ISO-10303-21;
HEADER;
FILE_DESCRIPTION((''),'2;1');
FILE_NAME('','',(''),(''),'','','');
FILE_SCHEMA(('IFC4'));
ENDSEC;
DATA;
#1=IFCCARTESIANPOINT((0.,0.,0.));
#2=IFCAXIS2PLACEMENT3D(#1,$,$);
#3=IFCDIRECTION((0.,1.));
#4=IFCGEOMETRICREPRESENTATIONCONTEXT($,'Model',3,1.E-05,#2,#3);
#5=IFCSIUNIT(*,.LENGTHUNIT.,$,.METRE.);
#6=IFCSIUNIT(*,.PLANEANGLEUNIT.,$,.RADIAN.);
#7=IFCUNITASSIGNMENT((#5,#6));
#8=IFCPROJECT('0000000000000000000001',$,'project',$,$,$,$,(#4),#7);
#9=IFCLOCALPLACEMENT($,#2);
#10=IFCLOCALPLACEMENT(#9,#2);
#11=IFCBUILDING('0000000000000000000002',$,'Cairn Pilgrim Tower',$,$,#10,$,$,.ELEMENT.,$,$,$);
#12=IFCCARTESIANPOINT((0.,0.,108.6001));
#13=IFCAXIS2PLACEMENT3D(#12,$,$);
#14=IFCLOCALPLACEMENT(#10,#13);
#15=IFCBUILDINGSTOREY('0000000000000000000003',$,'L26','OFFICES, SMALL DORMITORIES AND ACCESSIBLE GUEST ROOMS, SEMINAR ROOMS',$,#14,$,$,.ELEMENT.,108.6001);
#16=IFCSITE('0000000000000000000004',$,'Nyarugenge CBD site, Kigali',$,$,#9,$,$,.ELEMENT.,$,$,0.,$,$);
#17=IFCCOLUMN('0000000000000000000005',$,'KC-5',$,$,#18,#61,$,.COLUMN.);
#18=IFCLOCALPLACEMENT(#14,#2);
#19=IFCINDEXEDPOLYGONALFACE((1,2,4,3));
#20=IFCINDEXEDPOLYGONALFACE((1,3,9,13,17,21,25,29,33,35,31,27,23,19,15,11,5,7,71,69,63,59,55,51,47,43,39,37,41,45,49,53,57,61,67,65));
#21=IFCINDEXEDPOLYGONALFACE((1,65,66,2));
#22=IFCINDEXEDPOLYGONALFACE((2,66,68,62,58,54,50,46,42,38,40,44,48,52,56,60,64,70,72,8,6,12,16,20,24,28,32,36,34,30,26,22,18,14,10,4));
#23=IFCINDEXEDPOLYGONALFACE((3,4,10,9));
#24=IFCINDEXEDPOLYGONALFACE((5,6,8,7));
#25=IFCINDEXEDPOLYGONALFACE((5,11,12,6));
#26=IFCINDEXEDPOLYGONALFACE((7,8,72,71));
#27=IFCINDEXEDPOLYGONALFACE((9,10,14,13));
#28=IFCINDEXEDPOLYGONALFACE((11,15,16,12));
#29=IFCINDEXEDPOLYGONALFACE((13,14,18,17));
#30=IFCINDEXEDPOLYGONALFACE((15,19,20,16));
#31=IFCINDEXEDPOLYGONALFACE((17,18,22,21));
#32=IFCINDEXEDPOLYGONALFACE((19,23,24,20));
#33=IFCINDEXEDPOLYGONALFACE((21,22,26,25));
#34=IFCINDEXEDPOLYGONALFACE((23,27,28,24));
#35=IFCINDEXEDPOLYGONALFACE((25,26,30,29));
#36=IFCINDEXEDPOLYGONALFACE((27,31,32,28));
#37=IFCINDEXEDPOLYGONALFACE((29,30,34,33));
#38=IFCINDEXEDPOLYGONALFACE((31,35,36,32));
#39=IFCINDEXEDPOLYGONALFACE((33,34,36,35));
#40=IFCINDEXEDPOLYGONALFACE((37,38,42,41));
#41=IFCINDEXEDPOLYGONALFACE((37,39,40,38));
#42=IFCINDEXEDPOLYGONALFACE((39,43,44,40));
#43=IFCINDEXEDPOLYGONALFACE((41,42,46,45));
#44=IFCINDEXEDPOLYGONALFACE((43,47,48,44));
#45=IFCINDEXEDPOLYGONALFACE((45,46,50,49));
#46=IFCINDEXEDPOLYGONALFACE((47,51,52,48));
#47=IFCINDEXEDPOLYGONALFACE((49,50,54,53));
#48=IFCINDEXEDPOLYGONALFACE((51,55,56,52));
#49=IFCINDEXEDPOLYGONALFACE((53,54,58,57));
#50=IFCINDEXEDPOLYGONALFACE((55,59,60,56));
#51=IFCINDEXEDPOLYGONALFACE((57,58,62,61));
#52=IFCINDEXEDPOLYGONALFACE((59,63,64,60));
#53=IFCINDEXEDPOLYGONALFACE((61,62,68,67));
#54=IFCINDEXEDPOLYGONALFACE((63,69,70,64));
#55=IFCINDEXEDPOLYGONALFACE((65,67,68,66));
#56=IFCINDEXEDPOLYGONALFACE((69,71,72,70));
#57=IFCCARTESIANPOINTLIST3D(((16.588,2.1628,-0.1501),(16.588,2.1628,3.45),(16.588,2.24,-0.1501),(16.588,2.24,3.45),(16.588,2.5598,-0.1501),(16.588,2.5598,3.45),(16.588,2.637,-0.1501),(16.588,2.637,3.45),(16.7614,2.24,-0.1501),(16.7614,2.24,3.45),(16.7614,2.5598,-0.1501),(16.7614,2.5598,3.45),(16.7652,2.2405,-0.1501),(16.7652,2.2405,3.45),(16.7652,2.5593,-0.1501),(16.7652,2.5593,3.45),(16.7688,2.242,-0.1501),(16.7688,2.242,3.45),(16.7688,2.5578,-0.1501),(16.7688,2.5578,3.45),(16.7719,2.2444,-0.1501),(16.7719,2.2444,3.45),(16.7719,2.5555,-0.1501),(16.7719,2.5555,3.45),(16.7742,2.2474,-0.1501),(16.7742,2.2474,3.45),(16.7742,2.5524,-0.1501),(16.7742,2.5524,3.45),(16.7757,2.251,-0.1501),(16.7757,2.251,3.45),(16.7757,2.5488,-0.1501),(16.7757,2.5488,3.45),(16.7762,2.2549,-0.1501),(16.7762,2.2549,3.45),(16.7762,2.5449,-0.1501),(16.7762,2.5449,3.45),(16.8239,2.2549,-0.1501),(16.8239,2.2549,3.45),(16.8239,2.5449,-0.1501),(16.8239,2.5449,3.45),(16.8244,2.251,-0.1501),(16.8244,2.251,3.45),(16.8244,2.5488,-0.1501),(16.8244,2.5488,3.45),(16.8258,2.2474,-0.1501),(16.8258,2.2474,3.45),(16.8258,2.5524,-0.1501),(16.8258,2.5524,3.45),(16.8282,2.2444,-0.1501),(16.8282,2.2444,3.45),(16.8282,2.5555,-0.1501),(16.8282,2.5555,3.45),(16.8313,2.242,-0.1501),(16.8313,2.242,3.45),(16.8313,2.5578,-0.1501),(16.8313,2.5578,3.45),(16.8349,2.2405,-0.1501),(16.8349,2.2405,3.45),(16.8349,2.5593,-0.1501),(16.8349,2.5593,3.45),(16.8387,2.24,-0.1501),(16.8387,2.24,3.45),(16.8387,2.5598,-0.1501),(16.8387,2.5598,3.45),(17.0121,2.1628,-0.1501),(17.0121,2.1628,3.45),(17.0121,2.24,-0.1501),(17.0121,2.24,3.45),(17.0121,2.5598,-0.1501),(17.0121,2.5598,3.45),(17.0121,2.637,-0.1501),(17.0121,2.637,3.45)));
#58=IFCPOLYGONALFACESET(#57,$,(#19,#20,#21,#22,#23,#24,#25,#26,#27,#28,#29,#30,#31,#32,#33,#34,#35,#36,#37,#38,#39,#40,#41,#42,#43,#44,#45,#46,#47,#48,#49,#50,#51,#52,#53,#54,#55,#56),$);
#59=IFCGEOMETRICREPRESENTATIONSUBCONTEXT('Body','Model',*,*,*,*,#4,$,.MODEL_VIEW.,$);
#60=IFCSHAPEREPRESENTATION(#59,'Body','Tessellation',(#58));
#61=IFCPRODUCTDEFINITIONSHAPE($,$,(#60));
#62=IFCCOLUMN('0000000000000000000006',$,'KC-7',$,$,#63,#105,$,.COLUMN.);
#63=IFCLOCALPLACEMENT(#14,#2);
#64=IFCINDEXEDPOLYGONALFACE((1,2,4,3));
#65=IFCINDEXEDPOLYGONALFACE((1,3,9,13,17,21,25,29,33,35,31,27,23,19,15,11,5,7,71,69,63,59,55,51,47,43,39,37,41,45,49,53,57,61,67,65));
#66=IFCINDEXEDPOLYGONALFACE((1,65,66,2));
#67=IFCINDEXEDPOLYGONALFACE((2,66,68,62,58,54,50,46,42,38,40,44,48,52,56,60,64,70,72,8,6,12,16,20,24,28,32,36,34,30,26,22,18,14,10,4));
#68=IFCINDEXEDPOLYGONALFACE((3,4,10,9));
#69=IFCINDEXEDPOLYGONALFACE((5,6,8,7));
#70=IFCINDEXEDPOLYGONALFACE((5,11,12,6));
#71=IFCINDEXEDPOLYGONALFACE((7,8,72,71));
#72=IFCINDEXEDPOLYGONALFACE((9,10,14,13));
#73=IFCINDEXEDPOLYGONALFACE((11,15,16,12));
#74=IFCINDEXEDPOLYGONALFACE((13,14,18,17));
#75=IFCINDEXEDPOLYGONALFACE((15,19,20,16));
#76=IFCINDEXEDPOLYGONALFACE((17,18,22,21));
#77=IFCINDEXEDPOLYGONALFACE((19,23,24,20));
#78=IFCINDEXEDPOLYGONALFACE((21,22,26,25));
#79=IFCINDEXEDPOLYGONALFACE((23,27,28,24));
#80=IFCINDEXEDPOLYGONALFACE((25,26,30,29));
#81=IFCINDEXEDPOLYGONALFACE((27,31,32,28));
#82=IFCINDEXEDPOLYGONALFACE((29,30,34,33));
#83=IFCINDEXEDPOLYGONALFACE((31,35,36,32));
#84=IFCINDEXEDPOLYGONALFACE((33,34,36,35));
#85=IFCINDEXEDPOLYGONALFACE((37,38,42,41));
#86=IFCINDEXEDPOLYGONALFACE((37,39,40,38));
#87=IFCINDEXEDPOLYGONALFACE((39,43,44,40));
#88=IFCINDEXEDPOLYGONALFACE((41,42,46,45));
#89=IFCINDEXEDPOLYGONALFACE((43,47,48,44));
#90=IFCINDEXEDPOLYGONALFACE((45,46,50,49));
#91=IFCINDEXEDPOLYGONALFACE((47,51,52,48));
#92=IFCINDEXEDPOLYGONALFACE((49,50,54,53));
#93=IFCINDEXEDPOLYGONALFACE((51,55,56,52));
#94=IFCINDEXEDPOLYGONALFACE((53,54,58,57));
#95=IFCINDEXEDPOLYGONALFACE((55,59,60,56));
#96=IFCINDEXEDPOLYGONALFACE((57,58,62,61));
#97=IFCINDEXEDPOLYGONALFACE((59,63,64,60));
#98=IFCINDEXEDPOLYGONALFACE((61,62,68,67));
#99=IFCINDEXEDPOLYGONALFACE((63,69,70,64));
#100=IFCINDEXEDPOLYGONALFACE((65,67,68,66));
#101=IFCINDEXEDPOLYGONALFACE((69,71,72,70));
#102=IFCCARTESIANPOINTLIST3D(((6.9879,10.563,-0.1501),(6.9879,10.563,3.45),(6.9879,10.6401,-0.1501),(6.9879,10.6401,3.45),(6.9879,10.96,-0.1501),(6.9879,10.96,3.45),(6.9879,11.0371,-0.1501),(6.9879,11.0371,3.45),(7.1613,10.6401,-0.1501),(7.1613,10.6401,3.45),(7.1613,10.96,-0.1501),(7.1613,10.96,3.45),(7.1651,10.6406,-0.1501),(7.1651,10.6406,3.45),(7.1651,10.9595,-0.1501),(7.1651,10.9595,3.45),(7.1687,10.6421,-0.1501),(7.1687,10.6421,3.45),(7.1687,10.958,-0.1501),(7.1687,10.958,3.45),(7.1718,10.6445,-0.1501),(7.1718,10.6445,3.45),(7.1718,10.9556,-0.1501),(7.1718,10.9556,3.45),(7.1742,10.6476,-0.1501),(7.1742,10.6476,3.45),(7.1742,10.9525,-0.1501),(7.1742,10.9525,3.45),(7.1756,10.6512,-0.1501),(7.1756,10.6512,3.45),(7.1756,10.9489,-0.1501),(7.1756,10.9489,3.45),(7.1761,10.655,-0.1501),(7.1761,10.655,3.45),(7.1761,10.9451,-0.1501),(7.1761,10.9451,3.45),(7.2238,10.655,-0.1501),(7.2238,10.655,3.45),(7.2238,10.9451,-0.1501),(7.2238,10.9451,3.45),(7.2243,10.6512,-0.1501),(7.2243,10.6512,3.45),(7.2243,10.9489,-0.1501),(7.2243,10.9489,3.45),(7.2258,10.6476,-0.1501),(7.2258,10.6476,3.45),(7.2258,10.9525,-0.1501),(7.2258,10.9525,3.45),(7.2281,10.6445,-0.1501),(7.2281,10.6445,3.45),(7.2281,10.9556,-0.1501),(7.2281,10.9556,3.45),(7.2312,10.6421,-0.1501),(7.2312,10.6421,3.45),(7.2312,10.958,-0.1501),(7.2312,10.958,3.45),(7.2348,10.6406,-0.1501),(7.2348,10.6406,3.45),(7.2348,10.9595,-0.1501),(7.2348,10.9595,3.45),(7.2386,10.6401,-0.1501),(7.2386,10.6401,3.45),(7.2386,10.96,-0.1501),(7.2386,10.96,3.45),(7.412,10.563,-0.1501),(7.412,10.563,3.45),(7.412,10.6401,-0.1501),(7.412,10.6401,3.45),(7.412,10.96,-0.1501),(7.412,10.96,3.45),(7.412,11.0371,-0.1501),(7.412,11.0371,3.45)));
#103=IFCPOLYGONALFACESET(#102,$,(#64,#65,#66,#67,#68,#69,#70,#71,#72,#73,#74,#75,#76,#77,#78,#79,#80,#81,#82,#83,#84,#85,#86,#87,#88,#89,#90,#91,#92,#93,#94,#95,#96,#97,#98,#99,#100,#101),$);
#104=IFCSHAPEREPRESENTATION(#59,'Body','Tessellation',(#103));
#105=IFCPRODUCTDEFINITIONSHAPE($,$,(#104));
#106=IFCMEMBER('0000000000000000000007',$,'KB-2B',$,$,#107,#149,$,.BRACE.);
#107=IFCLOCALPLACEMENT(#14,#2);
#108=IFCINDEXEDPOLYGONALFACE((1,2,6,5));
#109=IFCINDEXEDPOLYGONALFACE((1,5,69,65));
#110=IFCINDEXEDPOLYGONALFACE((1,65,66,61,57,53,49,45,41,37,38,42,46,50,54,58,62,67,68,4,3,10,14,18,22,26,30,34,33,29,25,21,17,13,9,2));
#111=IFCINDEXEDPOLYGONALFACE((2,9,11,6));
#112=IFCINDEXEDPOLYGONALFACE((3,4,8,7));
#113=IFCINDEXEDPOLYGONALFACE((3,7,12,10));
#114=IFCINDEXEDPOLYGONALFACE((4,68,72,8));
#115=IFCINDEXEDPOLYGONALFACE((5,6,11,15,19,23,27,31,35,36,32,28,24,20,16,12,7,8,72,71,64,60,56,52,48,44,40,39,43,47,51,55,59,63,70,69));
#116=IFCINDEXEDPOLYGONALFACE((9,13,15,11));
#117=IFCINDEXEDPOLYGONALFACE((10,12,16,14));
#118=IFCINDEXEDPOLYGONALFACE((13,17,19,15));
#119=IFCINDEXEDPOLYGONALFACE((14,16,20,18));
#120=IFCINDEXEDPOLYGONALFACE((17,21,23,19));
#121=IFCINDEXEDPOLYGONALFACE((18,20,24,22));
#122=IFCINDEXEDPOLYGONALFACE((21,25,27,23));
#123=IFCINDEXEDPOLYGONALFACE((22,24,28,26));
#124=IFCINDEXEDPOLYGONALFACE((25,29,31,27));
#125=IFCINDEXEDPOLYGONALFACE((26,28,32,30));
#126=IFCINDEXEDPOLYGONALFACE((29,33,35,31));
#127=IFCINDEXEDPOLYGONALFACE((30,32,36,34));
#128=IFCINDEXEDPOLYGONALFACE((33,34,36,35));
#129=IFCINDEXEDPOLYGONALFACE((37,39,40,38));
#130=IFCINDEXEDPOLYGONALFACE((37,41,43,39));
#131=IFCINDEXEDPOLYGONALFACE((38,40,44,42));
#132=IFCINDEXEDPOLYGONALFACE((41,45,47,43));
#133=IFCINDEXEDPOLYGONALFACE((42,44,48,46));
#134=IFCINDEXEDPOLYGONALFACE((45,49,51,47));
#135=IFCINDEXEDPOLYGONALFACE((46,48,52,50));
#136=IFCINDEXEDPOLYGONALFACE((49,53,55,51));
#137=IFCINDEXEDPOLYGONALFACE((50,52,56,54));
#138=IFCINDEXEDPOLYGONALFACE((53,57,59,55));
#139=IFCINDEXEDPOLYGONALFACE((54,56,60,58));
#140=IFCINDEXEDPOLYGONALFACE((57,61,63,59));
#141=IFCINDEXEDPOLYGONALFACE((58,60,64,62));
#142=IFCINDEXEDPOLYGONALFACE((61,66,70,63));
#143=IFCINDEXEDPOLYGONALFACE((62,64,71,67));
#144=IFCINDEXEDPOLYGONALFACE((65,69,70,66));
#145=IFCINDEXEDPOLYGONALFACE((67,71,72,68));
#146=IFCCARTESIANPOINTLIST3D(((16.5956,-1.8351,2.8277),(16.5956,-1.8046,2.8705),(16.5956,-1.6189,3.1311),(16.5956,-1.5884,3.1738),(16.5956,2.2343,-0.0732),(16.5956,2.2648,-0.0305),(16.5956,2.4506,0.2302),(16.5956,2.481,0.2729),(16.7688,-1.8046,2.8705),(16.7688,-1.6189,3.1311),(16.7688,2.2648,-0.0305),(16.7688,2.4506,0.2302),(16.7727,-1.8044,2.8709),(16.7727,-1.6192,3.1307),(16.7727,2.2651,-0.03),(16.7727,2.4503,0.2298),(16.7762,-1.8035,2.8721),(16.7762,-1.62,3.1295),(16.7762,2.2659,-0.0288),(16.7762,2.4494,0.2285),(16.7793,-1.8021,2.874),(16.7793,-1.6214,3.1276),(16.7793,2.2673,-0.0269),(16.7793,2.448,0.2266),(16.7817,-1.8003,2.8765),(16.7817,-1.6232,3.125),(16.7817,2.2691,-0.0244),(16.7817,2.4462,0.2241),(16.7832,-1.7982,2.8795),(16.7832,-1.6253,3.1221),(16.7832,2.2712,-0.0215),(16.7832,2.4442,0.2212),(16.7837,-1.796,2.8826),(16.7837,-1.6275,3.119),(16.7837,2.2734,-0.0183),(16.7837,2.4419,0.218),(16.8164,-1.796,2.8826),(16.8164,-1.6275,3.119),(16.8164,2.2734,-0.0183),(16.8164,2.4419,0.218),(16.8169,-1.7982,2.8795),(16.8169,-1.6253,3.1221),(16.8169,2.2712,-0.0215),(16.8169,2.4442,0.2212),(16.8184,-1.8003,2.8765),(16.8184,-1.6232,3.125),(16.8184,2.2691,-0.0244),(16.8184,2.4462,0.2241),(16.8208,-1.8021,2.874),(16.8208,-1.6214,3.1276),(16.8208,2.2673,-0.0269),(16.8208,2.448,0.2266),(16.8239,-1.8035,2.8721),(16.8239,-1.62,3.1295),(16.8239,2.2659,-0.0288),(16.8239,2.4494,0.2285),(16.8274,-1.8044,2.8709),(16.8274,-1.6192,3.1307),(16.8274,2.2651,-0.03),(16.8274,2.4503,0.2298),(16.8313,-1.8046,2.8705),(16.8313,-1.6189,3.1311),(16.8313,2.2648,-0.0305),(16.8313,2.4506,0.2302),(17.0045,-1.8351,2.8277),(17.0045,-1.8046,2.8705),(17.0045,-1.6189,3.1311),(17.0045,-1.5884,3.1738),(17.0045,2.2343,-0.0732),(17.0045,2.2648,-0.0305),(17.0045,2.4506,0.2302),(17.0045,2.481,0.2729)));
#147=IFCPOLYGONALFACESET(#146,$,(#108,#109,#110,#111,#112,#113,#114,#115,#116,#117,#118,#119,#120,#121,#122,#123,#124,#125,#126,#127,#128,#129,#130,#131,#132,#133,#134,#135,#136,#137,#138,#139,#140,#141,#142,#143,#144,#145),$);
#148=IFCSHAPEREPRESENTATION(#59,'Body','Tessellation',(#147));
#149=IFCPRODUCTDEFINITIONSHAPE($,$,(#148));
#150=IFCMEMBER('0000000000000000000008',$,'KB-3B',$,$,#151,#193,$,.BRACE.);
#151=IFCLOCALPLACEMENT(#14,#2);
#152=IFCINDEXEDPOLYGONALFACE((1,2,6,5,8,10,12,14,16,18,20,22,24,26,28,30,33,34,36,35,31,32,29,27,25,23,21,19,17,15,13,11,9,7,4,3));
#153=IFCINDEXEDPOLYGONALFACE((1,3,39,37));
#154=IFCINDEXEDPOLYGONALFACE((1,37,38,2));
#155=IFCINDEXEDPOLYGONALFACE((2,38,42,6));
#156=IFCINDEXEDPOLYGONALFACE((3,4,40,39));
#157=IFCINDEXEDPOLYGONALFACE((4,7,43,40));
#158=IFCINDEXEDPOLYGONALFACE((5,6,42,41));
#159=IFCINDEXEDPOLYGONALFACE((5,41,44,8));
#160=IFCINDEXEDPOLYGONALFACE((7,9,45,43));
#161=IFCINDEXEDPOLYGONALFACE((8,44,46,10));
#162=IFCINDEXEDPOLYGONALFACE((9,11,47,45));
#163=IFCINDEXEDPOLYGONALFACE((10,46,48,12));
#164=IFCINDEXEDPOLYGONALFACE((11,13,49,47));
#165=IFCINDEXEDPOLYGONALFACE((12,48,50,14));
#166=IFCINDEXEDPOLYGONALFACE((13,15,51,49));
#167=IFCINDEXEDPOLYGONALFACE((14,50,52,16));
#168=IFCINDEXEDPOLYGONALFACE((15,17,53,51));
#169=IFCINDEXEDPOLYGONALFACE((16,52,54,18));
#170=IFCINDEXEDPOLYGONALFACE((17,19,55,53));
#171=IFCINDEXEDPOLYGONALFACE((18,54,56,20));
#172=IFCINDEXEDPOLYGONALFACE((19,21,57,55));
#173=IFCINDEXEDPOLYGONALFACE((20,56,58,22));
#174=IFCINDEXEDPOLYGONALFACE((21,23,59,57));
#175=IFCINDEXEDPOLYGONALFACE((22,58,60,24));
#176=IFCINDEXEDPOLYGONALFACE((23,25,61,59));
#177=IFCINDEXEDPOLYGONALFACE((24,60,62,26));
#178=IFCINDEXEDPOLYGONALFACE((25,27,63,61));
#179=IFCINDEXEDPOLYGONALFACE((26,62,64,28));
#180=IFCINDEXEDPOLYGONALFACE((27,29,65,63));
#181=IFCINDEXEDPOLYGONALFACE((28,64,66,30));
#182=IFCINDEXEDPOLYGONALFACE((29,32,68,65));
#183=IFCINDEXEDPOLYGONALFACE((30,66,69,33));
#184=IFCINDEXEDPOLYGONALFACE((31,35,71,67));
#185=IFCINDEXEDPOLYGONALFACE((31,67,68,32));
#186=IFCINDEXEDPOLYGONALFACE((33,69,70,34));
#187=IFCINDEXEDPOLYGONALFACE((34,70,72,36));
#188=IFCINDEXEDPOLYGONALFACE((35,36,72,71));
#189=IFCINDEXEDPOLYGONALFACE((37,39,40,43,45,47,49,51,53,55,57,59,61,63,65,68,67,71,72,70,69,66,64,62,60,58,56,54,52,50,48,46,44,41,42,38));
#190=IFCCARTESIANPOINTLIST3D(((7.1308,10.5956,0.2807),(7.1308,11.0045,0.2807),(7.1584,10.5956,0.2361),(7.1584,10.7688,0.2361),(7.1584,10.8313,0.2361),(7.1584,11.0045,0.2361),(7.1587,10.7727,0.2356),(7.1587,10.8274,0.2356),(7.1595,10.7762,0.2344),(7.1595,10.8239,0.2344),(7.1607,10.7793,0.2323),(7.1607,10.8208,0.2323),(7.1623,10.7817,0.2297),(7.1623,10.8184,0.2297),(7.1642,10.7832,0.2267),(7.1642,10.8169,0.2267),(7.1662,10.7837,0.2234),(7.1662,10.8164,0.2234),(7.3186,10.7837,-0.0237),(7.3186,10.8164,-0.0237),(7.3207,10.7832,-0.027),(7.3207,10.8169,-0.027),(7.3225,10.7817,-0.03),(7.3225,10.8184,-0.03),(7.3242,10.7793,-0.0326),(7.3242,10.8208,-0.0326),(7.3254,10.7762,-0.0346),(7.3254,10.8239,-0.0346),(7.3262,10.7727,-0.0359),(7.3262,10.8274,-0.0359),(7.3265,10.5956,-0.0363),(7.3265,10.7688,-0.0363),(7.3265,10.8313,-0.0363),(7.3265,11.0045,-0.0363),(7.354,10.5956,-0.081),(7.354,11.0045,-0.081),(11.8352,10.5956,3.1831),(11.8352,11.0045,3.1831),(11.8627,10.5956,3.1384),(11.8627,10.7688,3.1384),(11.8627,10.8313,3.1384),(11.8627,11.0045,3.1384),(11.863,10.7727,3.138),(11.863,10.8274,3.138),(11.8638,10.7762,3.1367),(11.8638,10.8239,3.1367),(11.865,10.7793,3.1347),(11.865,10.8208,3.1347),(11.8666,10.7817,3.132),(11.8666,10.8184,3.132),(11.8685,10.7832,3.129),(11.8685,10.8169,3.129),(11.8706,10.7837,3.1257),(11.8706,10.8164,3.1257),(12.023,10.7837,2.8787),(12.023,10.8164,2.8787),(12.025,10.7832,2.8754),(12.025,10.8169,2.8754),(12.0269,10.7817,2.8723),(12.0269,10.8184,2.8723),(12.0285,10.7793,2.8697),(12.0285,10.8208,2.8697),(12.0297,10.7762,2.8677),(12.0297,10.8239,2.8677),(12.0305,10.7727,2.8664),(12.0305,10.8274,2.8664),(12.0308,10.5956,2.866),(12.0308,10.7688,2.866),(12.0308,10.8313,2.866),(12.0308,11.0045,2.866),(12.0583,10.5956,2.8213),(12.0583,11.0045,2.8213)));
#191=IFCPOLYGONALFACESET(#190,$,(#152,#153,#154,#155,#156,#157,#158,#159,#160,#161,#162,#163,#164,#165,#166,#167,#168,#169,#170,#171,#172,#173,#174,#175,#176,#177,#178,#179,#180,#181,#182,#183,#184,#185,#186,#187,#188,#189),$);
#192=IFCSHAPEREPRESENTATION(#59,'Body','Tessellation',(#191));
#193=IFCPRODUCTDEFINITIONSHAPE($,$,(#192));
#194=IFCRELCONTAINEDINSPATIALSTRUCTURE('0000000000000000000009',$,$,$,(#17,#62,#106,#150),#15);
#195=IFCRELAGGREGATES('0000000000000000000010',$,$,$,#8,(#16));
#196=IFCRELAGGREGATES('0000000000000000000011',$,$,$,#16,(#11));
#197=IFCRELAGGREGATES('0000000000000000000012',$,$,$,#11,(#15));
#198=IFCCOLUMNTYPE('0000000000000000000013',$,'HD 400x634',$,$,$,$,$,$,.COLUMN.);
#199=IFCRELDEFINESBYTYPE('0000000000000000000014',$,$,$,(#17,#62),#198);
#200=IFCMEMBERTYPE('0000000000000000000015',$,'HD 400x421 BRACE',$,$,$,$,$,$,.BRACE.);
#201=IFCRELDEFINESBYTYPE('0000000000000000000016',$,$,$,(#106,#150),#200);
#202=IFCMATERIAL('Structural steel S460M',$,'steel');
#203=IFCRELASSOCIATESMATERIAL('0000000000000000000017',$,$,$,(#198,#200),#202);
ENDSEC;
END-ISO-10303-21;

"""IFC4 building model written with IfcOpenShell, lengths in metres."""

from ifc_helpers import new_model, si_unit, direction, frame, origin, origin_2d, place, context, subcontext, project, spatial, i_section, extrude, material, material_profile, profile_set, type_object, element, save


model = new_model("IFC4")

# Units and contexts
model_context = context("Model", 3, precision=1e-05, world=origin(), true_north=direction((0.0, 1.0)))
body_context = subcontext(model_context, "Body", "Model", "MODEL_VIEW")
ifc_project = project(units=[si_unit("LENGTHUNIT", "METRE"), si_unit("PLANEANGLEUNIT", "RADIAN")], contexts=[model_context])

# Site, building, storey
site_placement = place(None, origin())
site = spatial("IfcSite", under=ifc_project, at=site_placement, Name="Nyarugenge CBD site, Kigali", CompositionType="ELEMENT", RefElevation=0.0)
building_placement = place(site_placement, origin())
building = spatial("IfcBuilding", under=site, at=building_placement, Name="Cairn Pilgrim Tower", CompositionType="ELEMENT")
storey_placement = place(building_placement, frame((0.0, 0.0, 108.6001)))
storey = spatial("IfcBuildingStorey", under=building, at=storey_placement, Name="L26", Description="OFFICES, SMALL DORMITORIES AND ACCESSIBLE GUEST ROOMS, SEMINAR ROOMS", CompositionType="ELEMENT", Elevation=108.6001)

# Columns
ifc_material_1 = material(Name="Structural steel S460M", Category="steel")
ifc_material_profile_1 = material_profile(ifc_material_1, i_section(OverallWidth=0.4241, OverallDepth=0.4741, WebThickness=0.0476, FlangeThickness=0.0771, FilletRadius=0.0149, at=origin_2d()), Name="HD 400x634")
ifc_profile_set_1 = profile_set([ifc_material_profile_1], Name="Structural steel S460M")
column_type = type_object("IfcColumnType", Name="HD 400x634", PredefinedType="COLUMN", material=ifc_profile_set_1)
for number, where, z_axis, x_axis, name in (
    (1, (16.8, 2.3999, -0.1501), (0.0, 0.0, 1.0), (1.0, 0.0, 0.0), "KC-5"),
    (2, (7.2, 10.8, -0.1501), (0.0, 0.0, 1.0), (1.0, 0.0, 0.0), "KC-7"),
):
    element("IfcColumn", number, at=place(storey_placement, frame(where, z_axis=z_axis, x_axis=x_axis)), inside=storey, type_object=column_type, Name=name, PredefinedType="COLUMN", context=body_context, shape_type="SweptSolid", body=[
        extrude(i_section(OverallWidth=0.4241, OverallDepth=0.4741, WebThickness=0.0476, FlangeThickness=0.0771, FilletRadius=0.0149, at=origin_2d()), origin(), (0.0, 0.0, 1.0), 3.6001),
    ])

# Members
ifc_material_profile_2 = material_profile(ifc_material_1, i_section(OverallWidth=0.4089, OverallDepth=0.425, WebThickness=0.0327, FlangeThickness=0.0525, FilletRadius=0.0149, at=origin_2d()), Name="HD 400x421")
ifc_profile_set_2 = profile_set([ifc_material_profile_2], Name="Structural steel S460M")
member_type = type_object("IfcMemberType", Name="HD 400x421 BRACE", PredefinedType="BRACE", material=ifc_profile_set_2)
member_1_placement = place(storey_placement, frame((16.8, 2.3577, 0.0999), z_axis=(0.0, -0.814281, 0.580471), x_axis=(1.0, 0.0, 0.0)))
element("IfcMember", 3, at=member_1_placement, inside=storey, type_object=member_type, Name="KB-2B", PredefinedType="BRACE", context=body_context, shape_type="SweptSolid", body=[
    extrude(i_section(OverallWidth=0.4089, OverallDepth=0.425, WebThickness=0.0327, FlangeThickness=0.0525, FilletRadius=0.0149, at=origin_2d()), origin(), (0.0, 0.0, 1.0), 4.9976),
])
member_2_placement = place(storey_placement, frame((7.2424, 10.8, 0.0999), z_axis=(0.851063, 0.0, 0.525063), x_axis=(0.0, 1.0, 0.0)))
element("IfcMember", 4, at=member_2_placement, inside=storey, type_object=member_type, Name="KB-3B", PredefinedType="BRACE", context=body_context, shape_type="SweptSolid", body=[
    extrude(i_section(OverallWidth=0.4089, OverallDepth=0.425, WebThickness=0.0327, FlangeThickness=0.0525, FilletRadius=0.0149, at=origin_2d()), origin(), (0.0, 0.0, 1.0), 5.5276),
])

save(model, "model.ifc")
